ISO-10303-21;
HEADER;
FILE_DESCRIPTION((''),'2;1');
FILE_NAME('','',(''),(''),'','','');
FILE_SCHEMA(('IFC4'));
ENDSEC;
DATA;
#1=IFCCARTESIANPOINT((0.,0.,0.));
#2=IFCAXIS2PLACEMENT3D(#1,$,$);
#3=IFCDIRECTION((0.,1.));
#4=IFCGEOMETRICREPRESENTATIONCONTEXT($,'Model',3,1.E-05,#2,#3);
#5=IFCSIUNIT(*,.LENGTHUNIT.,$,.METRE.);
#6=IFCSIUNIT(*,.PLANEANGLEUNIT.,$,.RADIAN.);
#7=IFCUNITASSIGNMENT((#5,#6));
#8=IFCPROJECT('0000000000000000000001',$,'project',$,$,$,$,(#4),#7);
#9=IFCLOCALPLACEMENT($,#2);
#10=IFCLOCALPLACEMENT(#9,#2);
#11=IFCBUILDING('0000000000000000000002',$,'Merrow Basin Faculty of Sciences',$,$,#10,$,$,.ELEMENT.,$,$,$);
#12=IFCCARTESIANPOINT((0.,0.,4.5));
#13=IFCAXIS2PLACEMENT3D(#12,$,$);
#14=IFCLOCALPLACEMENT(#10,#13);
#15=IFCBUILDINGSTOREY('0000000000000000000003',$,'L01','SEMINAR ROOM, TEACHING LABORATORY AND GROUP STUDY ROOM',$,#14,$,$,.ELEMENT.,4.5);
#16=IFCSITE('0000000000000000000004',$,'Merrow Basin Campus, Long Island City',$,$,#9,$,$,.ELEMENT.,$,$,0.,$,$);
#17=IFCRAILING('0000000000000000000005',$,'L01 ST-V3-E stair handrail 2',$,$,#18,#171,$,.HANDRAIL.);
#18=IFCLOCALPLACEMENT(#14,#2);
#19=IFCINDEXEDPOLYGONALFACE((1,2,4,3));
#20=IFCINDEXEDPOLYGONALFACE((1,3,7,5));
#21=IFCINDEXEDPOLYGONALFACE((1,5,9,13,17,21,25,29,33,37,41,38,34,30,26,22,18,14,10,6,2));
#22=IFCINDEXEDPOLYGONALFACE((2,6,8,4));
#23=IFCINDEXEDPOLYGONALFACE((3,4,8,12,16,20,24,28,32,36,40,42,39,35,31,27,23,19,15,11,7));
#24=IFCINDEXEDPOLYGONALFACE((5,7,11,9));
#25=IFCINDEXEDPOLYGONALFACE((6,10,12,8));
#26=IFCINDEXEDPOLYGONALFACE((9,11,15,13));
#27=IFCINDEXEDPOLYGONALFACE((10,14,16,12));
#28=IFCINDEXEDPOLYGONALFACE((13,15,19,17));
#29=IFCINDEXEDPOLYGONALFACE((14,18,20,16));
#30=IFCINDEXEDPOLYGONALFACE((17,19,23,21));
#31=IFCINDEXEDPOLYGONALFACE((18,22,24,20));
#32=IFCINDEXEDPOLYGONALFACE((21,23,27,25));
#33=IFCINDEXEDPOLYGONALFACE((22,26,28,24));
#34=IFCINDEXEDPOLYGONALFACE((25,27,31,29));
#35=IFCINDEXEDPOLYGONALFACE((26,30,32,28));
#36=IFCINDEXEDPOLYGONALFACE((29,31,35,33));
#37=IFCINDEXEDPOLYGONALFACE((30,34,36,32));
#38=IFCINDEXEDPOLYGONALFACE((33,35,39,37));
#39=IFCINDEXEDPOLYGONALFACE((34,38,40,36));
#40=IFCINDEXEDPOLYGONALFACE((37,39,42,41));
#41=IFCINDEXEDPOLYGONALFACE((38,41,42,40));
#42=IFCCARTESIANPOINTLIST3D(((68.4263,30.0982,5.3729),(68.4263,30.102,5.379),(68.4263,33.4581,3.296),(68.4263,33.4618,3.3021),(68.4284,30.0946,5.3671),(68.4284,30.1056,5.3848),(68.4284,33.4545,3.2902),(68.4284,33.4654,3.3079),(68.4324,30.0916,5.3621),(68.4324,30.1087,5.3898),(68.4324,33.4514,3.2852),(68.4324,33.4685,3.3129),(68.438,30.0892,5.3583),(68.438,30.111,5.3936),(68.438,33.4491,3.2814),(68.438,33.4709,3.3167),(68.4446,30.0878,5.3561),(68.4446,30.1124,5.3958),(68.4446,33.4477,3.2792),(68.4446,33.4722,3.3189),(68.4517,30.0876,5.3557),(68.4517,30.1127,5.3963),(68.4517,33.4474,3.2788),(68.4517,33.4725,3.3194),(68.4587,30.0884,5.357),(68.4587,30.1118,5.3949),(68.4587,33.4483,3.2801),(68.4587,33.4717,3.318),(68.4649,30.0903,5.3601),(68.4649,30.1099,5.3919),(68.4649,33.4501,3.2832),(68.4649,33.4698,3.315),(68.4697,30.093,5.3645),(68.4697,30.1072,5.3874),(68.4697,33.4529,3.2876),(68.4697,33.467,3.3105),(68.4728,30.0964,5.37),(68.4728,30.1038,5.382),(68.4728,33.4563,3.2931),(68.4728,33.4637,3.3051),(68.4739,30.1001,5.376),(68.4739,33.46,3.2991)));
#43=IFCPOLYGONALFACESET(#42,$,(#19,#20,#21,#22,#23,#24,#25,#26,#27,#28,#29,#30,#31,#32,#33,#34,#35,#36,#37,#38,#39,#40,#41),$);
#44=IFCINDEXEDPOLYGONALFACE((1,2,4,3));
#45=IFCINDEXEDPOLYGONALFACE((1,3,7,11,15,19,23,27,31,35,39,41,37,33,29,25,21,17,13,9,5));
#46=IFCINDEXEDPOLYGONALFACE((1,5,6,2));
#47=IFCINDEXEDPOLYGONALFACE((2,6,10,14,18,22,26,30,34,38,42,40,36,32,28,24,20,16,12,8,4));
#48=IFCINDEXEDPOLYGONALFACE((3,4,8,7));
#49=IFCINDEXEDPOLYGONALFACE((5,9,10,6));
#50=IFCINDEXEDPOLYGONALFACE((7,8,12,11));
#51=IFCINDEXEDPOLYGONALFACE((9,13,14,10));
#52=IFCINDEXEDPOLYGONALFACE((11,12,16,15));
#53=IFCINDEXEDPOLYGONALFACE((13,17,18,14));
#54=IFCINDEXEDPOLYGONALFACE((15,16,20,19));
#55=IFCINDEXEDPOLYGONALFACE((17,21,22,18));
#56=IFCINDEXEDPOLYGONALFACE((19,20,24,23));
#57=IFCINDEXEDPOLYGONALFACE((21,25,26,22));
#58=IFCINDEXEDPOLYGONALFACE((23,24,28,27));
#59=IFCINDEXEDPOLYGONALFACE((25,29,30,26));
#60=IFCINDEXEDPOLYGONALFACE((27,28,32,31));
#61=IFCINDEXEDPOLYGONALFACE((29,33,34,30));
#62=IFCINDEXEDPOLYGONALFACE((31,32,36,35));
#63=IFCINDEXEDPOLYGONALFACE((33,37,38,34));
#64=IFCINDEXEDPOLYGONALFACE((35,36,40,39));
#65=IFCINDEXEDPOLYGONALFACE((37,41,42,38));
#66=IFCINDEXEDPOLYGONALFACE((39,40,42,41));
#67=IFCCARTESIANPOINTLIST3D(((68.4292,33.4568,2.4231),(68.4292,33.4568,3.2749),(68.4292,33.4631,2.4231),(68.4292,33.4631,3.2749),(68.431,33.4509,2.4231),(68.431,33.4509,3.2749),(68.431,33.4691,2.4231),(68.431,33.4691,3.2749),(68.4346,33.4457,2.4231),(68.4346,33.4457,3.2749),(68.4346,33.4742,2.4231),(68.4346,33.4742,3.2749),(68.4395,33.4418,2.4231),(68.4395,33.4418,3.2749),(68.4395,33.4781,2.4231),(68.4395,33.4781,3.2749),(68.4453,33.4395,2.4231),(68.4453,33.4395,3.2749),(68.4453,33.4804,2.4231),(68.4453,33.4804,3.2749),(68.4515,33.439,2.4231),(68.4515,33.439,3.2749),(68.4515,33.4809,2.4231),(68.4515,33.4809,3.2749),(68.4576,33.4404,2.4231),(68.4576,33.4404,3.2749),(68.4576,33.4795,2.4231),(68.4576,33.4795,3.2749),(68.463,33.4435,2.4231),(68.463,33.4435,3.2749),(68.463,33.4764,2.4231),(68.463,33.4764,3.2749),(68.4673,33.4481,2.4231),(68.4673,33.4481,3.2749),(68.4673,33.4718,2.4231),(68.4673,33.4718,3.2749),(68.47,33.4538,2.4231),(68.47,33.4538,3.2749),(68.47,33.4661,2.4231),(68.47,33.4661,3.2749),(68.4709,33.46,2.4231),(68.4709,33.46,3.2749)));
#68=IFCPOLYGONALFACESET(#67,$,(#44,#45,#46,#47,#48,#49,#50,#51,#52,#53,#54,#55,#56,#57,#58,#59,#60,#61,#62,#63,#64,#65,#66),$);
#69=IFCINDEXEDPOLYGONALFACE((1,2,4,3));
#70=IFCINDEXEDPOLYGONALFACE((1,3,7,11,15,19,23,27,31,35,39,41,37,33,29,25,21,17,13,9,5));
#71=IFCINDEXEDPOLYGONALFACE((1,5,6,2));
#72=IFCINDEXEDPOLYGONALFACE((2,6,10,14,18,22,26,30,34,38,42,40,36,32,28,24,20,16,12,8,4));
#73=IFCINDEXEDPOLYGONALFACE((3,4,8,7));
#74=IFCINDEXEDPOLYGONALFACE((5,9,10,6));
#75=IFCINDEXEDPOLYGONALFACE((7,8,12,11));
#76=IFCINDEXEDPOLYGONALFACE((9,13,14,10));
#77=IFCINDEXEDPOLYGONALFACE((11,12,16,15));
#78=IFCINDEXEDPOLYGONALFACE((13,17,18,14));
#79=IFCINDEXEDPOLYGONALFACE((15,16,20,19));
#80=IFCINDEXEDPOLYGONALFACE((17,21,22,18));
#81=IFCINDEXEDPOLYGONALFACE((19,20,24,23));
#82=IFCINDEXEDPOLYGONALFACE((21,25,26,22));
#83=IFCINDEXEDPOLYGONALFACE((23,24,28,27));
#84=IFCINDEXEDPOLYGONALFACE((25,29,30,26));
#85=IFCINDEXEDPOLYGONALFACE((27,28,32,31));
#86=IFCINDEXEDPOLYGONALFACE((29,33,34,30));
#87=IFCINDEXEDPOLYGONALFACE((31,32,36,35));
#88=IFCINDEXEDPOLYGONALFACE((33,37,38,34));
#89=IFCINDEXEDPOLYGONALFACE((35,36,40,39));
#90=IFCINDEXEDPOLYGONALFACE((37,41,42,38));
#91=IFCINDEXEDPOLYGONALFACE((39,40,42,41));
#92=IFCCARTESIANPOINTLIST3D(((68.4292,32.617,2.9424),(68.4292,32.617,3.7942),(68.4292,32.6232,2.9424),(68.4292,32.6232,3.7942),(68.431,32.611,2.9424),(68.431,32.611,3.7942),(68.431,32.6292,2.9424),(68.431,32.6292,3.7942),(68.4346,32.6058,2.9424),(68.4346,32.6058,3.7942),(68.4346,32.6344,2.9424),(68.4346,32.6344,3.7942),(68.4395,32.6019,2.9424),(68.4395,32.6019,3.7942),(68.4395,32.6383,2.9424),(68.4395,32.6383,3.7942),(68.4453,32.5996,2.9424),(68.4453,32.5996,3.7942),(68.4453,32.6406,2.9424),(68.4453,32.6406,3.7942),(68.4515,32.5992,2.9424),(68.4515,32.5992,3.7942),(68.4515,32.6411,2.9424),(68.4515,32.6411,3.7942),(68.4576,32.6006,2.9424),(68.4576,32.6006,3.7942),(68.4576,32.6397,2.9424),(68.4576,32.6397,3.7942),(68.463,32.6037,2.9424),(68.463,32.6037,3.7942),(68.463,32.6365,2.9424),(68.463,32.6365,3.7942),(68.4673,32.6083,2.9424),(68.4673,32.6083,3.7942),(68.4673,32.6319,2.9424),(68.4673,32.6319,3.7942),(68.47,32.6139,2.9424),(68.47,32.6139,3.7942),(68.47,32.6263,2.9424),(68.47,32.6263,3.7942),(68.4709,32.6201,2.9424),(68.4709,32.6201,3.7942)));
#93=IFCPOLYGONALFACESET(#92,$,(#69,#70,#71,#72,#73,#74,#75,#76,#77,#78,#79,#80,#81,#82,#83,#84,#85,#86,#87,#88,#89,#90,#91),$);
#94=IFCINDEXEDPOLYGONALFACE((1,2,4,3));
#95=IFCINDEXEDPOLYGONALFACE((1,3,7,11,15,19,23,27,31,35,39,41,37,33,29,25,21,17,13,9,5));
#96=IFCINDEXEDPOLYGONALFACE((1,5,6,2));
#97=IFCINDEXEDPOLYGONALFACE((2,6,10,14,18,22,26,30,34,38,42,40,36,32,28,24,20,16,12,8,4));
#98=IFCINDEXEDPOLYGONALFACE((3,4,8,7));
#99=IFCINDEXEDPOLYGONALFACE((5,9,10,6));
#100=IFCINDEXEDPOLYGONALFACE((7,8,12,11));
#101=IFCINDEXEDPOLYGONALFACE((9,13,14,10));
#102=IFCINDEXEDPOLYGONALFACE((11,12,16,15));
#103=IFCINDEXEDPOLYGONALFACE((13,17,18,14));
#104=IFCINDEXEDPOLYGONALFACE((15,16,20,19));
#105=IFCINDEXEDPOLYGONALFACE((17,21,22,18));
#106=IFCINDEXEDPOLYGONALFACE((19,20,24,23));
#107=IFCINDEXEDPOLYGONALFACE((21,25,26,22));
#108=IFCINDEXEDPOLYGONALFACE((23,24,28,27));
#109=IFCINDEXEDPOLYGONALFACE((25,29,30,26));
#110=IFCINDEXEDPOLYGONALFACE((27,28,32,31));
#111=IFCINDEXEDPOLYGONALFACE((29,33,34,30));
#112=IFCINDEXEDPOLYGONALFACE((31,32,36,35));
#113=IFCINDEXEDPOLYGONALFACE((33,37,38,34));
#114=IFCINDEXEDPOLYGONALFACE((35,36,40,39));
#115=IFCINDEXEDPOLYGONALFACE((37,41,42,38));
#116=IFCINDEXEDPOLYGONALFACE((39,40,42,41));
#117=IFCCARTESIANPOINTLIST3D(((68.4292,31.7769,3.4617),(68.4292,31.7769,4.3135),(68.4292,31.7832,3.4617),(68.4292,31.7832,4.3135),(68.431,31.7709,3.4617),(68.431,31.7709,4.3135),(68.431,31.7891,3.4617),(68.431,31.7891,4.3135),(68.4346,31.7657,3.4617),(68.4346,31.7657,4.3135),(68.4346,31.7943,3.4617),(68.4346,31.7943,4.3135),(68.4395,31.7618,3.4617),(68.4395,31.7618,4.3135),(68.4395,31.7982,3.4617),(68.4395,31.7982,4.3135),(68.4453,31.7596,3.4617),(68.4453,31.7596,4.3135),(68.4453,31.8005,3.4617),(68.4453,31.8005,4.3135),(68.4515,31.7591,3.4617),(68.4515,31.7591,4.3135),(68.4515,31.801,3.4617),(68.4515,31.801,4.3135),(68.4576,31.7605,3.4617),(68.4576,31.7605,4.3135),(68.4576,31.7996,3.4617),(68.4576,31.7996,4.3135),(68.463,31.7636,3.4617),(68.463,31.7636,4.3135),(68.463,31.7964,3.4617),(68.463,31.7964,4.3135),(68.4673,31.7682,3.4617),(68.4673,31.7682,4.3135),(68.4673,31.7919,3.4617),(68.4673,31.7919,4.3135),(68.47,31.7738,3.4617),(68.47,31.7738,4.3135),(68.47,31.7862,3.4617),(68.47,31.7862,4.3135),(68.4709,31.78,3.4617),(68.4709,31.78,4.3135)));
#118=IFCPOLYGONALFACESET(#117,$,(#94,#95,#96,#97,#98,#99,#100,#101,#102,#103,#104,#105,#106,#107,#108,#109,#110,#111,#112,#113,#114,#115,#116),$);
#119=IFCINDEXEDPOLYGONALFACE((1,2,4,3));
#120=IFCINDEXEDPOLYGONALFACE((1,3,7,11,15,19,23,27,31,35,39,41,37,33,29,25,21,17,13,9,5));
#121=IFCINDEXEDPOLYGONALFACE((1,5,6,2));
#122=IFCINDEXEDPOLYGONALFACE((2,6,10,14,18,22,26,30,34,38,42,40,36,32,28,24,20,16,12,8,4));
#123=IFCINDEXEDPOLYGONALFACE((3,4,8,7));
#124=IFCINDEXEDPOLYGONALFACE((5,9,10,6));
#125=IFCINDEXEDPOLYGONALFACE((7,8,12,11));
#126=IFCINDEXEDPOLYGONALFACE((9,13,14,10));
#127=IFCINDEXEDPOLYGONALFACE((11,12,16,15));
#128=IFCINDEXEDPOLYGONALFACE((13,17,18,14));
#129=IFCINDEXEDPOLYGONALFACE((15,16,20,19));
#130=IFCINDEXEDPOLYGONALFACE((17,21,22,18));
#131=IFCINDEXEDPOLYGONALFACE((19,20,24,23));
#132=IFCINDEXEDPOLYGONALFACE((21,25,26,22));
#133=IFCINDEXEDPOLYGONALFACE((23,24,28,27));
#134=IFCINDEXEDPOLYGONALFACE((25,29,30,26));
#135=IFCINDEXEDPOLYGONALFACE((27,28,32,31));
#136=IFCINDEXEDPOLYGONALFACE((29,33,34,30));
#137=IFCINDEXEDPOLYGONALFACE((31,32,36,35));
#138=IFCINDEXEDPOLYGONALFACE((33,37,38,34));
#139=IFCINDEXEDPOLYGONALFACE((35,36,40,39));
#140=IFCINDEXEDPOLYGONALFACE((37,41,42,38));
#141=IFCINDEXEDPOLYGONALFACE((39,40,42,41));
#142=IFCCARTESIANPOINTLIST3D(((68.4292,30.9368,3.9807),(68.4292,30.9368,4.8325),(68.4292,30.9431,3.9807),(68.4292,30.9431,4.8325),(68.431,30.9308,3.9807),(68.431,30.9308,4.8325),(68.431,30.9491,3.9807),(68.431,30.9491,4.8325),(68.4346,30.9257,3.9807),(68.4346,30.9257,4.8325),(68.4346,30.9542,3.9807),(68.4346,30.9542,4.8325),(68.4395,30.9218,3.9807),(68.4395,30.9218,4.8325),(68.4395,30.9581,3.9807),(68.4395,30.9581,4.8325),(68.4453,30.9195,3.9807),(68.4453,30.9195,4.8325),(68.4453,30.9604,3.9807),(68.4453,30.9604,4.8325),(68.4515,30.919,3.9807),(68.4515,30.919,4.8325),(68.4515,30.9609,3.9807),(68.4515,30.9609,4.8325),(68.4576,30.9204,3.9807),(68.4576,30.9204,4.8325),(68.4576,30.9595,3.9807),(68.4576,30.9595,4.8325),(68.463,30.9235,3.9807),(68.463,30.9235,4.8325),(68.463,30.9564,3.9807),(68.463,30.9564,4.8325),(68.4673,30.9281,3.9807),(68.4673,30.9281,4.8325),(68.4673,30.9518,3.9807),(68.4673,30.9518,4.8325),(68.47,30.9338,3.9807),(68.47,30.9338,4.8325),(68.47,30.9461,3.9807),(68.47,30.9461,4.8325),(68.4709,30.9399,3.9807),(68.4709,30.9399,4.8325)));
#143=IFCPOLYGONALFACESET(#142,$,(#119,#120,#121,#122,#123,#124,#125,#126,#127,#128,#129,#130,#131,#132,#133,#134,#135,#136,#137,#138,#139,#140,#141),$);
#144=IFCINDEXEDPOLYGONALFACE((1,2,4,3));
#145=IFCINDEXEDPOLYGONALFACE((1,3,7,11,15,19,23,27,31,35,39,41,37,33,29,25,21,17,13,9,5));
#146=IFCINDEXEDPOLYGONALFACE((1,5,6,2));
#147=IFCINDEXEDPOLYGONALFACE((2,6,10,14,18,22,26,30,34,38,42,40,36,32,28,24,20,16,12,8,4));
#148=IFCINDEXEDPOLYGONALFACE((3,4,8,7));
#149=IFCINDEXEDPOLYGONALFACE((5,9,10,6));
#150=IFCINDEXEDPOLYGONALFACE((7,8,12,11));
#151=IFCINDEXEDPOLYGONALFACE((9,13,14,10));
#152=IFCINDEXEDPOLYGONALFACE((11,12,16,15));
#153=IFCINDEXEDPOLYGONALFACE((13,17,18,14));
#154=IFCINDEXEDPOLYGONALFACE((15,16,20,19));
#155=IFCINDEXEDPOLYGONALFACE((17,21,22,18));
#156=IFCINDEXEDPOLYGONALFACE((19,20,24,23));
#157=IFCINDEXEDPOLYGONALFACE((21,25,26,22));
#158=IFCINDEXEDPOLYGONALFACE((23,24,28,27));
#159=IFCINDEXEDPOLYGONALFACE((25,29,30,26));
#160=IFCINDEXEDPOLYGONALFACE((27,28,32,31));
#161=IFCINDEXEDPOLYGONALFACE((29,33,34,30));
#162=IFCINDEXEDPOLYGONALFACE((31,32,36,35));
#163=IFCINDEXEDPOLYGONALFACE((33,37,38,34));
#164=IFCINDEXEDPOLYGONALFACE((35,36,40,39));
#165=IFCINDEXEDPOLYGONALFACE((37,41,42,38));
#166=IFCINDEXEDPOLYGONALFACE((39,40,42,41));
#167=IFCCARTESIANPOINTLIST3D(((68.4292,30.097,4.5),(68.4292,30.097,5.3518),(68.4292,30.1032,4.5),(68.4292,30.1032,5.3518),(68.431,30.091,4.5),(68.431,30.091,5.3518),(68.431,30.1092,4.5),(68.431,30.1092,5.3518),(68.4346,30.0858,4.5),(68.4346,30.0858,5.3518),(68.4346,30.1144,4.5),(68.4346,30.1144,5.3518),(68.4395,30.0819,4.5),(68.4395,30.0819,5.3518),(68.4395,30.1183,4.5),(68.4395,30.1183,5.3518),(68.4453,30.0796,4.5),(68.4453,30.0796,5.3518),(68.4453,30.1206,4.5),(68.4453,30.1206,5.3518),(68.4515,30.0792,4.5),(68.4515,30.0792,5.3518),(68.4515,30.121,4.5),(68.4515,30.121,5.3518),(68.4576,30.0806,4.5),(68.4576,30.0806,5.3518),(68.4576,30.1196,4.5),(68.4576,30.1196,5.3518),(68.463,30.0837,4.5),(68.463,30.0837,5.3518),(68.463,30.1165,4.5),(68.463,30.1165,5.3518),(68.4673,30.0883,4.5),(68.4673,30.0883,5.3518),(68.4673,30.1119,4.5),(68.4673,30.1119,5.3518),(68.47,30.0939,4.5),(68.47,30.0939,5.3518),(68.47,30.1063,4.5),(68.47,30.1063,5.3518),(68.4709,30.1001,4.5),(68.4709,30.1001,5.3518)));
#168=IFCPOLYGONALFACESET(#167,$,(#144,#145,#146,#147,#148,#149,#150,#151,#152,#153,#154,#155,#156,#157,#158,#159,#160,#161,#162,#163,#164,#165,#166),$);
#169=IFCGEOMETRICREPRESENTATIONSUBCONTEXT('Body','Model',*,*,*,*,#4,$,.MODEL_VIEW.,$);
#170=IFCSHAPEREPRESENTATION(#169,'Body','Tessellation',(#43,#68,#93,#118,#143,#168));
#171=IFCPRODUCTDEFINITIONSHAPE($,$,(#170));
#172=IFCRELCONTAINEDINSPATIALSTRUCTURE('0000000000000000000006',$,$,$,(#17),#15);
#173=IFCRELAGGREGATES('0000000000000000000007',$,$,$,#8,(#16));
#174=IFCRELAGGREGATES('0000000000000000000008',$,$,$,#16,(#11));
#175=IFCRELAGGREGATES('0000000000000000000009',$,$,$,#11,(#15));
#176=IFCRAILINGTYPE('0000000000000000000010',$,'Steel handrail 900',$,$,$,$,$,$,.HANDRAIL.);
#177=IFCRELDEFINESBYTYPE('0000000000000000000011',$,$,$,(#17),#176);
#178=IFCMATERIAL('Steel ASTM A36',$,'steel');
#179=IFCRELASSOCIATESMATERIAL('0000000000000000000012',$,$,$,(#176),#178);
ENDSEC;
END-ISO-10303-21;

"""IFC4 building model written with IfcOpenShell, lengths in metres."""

from ifc_helpers import new_model, si_unit, direction, frame, origin, origin_2d, place, context, subcontext, project, spatial, circle, extrude, material, type_object, element, save


model = new_model("IFC4")

# Units and contexts
model_context = context("Model", 3, precision=1e-05, world=origin(), true_north=direction((0.0, 1.0)))
body_context = subcontext(model_context, "Body", "Model", "MODEL_VIEW")
ifc_project = project(units=[si_unit("LENGTHUNIT", "METRE"), si_unit("PLANEANGLEUNIT", "RADIAN")], contexts=[model_context])

# Site, building, storey
site_placement = place(None, origin())
site = spatial("IfcSite", under=ifc_project, at=site_placement, Name="Merrow Basin Campus, Long Island City", CompositionType="ELEMENT", RefElevation=0.0)
building_placement = place(site_placement, origin())
building = spatial("IfcBuilding", under=site, at=building_placement, Name="Merrow Basin Faculty of Sciences", CompositionType="ELEMENT")
storey_placement = place(building_placement, frame((0.0, 0.0, 4.5)))
storey = spatial("IfcBuildingStorey", under=building, at=storey_placement, Name="L01", Description="SEMINAR ROOM, TEACHING LABORATORY AND GROUP STUDY ROOM", CompositionType="ELEMENT", Elevation=4.5)

# Railing
ifc_material_1 = material(Name="Steel ASTM A36", Category="steel")
railing_type_1 = type_object("IfcRailingType", Name="Steel handrail 900", PredefinedType="HANDRAIL", material=ifc_material_1)
railing_1_placement = place(storey_placement, frame((68.45, 33.46, 2.4231)))
element("IfcRailing", 1, at=railing_1_placement, inside=storey, type_object=railing_type_1, Name="L01 ST-V3-E stair handrail 2", PredefinedType="HANDRAIL", context=body_context, shape_type="SweptSolid", body=[
    extrude(circle(Radius=0.0239, at=origin_2d()), frame((0.0, 0.0, 0.876), z_axis=(0.0, -0.850606, 0.525803), x_axis=(1.0, 0.0, 0.0)), (0.0, 0.0, 1.0), 3.95),
    extrude(circle(Radius=0.021, at=origin_2d()), origin(), (0.0, 0.0, 1.0), 0.8518),
    extrude(circle(Radius=0.021, at=origin_2d()), frame((0.0, -0.8398, 0.5193)), (0.0, 0.0, 1.0), 0.8518),
    extrude(circle(Radius=0.021, at=origin_2d()), frame((0.0, -1.6799, 1.0386)), (0.0, 0.0, 1.0), 0.8518),
    extrude(circle(Radius=0.021, at=origin_2d()), frame((0.0, -2.52, 1.5576)), (0.0, 0.0, 1.0), 0.8518),
    extrude(circle(Radius=0.021, at=origin_2d()), frame((0.0, -3.3599, 2.0769)), (0.0, 0.0, 1.0), 0.8518),
])

save(model, "model.ifc")
